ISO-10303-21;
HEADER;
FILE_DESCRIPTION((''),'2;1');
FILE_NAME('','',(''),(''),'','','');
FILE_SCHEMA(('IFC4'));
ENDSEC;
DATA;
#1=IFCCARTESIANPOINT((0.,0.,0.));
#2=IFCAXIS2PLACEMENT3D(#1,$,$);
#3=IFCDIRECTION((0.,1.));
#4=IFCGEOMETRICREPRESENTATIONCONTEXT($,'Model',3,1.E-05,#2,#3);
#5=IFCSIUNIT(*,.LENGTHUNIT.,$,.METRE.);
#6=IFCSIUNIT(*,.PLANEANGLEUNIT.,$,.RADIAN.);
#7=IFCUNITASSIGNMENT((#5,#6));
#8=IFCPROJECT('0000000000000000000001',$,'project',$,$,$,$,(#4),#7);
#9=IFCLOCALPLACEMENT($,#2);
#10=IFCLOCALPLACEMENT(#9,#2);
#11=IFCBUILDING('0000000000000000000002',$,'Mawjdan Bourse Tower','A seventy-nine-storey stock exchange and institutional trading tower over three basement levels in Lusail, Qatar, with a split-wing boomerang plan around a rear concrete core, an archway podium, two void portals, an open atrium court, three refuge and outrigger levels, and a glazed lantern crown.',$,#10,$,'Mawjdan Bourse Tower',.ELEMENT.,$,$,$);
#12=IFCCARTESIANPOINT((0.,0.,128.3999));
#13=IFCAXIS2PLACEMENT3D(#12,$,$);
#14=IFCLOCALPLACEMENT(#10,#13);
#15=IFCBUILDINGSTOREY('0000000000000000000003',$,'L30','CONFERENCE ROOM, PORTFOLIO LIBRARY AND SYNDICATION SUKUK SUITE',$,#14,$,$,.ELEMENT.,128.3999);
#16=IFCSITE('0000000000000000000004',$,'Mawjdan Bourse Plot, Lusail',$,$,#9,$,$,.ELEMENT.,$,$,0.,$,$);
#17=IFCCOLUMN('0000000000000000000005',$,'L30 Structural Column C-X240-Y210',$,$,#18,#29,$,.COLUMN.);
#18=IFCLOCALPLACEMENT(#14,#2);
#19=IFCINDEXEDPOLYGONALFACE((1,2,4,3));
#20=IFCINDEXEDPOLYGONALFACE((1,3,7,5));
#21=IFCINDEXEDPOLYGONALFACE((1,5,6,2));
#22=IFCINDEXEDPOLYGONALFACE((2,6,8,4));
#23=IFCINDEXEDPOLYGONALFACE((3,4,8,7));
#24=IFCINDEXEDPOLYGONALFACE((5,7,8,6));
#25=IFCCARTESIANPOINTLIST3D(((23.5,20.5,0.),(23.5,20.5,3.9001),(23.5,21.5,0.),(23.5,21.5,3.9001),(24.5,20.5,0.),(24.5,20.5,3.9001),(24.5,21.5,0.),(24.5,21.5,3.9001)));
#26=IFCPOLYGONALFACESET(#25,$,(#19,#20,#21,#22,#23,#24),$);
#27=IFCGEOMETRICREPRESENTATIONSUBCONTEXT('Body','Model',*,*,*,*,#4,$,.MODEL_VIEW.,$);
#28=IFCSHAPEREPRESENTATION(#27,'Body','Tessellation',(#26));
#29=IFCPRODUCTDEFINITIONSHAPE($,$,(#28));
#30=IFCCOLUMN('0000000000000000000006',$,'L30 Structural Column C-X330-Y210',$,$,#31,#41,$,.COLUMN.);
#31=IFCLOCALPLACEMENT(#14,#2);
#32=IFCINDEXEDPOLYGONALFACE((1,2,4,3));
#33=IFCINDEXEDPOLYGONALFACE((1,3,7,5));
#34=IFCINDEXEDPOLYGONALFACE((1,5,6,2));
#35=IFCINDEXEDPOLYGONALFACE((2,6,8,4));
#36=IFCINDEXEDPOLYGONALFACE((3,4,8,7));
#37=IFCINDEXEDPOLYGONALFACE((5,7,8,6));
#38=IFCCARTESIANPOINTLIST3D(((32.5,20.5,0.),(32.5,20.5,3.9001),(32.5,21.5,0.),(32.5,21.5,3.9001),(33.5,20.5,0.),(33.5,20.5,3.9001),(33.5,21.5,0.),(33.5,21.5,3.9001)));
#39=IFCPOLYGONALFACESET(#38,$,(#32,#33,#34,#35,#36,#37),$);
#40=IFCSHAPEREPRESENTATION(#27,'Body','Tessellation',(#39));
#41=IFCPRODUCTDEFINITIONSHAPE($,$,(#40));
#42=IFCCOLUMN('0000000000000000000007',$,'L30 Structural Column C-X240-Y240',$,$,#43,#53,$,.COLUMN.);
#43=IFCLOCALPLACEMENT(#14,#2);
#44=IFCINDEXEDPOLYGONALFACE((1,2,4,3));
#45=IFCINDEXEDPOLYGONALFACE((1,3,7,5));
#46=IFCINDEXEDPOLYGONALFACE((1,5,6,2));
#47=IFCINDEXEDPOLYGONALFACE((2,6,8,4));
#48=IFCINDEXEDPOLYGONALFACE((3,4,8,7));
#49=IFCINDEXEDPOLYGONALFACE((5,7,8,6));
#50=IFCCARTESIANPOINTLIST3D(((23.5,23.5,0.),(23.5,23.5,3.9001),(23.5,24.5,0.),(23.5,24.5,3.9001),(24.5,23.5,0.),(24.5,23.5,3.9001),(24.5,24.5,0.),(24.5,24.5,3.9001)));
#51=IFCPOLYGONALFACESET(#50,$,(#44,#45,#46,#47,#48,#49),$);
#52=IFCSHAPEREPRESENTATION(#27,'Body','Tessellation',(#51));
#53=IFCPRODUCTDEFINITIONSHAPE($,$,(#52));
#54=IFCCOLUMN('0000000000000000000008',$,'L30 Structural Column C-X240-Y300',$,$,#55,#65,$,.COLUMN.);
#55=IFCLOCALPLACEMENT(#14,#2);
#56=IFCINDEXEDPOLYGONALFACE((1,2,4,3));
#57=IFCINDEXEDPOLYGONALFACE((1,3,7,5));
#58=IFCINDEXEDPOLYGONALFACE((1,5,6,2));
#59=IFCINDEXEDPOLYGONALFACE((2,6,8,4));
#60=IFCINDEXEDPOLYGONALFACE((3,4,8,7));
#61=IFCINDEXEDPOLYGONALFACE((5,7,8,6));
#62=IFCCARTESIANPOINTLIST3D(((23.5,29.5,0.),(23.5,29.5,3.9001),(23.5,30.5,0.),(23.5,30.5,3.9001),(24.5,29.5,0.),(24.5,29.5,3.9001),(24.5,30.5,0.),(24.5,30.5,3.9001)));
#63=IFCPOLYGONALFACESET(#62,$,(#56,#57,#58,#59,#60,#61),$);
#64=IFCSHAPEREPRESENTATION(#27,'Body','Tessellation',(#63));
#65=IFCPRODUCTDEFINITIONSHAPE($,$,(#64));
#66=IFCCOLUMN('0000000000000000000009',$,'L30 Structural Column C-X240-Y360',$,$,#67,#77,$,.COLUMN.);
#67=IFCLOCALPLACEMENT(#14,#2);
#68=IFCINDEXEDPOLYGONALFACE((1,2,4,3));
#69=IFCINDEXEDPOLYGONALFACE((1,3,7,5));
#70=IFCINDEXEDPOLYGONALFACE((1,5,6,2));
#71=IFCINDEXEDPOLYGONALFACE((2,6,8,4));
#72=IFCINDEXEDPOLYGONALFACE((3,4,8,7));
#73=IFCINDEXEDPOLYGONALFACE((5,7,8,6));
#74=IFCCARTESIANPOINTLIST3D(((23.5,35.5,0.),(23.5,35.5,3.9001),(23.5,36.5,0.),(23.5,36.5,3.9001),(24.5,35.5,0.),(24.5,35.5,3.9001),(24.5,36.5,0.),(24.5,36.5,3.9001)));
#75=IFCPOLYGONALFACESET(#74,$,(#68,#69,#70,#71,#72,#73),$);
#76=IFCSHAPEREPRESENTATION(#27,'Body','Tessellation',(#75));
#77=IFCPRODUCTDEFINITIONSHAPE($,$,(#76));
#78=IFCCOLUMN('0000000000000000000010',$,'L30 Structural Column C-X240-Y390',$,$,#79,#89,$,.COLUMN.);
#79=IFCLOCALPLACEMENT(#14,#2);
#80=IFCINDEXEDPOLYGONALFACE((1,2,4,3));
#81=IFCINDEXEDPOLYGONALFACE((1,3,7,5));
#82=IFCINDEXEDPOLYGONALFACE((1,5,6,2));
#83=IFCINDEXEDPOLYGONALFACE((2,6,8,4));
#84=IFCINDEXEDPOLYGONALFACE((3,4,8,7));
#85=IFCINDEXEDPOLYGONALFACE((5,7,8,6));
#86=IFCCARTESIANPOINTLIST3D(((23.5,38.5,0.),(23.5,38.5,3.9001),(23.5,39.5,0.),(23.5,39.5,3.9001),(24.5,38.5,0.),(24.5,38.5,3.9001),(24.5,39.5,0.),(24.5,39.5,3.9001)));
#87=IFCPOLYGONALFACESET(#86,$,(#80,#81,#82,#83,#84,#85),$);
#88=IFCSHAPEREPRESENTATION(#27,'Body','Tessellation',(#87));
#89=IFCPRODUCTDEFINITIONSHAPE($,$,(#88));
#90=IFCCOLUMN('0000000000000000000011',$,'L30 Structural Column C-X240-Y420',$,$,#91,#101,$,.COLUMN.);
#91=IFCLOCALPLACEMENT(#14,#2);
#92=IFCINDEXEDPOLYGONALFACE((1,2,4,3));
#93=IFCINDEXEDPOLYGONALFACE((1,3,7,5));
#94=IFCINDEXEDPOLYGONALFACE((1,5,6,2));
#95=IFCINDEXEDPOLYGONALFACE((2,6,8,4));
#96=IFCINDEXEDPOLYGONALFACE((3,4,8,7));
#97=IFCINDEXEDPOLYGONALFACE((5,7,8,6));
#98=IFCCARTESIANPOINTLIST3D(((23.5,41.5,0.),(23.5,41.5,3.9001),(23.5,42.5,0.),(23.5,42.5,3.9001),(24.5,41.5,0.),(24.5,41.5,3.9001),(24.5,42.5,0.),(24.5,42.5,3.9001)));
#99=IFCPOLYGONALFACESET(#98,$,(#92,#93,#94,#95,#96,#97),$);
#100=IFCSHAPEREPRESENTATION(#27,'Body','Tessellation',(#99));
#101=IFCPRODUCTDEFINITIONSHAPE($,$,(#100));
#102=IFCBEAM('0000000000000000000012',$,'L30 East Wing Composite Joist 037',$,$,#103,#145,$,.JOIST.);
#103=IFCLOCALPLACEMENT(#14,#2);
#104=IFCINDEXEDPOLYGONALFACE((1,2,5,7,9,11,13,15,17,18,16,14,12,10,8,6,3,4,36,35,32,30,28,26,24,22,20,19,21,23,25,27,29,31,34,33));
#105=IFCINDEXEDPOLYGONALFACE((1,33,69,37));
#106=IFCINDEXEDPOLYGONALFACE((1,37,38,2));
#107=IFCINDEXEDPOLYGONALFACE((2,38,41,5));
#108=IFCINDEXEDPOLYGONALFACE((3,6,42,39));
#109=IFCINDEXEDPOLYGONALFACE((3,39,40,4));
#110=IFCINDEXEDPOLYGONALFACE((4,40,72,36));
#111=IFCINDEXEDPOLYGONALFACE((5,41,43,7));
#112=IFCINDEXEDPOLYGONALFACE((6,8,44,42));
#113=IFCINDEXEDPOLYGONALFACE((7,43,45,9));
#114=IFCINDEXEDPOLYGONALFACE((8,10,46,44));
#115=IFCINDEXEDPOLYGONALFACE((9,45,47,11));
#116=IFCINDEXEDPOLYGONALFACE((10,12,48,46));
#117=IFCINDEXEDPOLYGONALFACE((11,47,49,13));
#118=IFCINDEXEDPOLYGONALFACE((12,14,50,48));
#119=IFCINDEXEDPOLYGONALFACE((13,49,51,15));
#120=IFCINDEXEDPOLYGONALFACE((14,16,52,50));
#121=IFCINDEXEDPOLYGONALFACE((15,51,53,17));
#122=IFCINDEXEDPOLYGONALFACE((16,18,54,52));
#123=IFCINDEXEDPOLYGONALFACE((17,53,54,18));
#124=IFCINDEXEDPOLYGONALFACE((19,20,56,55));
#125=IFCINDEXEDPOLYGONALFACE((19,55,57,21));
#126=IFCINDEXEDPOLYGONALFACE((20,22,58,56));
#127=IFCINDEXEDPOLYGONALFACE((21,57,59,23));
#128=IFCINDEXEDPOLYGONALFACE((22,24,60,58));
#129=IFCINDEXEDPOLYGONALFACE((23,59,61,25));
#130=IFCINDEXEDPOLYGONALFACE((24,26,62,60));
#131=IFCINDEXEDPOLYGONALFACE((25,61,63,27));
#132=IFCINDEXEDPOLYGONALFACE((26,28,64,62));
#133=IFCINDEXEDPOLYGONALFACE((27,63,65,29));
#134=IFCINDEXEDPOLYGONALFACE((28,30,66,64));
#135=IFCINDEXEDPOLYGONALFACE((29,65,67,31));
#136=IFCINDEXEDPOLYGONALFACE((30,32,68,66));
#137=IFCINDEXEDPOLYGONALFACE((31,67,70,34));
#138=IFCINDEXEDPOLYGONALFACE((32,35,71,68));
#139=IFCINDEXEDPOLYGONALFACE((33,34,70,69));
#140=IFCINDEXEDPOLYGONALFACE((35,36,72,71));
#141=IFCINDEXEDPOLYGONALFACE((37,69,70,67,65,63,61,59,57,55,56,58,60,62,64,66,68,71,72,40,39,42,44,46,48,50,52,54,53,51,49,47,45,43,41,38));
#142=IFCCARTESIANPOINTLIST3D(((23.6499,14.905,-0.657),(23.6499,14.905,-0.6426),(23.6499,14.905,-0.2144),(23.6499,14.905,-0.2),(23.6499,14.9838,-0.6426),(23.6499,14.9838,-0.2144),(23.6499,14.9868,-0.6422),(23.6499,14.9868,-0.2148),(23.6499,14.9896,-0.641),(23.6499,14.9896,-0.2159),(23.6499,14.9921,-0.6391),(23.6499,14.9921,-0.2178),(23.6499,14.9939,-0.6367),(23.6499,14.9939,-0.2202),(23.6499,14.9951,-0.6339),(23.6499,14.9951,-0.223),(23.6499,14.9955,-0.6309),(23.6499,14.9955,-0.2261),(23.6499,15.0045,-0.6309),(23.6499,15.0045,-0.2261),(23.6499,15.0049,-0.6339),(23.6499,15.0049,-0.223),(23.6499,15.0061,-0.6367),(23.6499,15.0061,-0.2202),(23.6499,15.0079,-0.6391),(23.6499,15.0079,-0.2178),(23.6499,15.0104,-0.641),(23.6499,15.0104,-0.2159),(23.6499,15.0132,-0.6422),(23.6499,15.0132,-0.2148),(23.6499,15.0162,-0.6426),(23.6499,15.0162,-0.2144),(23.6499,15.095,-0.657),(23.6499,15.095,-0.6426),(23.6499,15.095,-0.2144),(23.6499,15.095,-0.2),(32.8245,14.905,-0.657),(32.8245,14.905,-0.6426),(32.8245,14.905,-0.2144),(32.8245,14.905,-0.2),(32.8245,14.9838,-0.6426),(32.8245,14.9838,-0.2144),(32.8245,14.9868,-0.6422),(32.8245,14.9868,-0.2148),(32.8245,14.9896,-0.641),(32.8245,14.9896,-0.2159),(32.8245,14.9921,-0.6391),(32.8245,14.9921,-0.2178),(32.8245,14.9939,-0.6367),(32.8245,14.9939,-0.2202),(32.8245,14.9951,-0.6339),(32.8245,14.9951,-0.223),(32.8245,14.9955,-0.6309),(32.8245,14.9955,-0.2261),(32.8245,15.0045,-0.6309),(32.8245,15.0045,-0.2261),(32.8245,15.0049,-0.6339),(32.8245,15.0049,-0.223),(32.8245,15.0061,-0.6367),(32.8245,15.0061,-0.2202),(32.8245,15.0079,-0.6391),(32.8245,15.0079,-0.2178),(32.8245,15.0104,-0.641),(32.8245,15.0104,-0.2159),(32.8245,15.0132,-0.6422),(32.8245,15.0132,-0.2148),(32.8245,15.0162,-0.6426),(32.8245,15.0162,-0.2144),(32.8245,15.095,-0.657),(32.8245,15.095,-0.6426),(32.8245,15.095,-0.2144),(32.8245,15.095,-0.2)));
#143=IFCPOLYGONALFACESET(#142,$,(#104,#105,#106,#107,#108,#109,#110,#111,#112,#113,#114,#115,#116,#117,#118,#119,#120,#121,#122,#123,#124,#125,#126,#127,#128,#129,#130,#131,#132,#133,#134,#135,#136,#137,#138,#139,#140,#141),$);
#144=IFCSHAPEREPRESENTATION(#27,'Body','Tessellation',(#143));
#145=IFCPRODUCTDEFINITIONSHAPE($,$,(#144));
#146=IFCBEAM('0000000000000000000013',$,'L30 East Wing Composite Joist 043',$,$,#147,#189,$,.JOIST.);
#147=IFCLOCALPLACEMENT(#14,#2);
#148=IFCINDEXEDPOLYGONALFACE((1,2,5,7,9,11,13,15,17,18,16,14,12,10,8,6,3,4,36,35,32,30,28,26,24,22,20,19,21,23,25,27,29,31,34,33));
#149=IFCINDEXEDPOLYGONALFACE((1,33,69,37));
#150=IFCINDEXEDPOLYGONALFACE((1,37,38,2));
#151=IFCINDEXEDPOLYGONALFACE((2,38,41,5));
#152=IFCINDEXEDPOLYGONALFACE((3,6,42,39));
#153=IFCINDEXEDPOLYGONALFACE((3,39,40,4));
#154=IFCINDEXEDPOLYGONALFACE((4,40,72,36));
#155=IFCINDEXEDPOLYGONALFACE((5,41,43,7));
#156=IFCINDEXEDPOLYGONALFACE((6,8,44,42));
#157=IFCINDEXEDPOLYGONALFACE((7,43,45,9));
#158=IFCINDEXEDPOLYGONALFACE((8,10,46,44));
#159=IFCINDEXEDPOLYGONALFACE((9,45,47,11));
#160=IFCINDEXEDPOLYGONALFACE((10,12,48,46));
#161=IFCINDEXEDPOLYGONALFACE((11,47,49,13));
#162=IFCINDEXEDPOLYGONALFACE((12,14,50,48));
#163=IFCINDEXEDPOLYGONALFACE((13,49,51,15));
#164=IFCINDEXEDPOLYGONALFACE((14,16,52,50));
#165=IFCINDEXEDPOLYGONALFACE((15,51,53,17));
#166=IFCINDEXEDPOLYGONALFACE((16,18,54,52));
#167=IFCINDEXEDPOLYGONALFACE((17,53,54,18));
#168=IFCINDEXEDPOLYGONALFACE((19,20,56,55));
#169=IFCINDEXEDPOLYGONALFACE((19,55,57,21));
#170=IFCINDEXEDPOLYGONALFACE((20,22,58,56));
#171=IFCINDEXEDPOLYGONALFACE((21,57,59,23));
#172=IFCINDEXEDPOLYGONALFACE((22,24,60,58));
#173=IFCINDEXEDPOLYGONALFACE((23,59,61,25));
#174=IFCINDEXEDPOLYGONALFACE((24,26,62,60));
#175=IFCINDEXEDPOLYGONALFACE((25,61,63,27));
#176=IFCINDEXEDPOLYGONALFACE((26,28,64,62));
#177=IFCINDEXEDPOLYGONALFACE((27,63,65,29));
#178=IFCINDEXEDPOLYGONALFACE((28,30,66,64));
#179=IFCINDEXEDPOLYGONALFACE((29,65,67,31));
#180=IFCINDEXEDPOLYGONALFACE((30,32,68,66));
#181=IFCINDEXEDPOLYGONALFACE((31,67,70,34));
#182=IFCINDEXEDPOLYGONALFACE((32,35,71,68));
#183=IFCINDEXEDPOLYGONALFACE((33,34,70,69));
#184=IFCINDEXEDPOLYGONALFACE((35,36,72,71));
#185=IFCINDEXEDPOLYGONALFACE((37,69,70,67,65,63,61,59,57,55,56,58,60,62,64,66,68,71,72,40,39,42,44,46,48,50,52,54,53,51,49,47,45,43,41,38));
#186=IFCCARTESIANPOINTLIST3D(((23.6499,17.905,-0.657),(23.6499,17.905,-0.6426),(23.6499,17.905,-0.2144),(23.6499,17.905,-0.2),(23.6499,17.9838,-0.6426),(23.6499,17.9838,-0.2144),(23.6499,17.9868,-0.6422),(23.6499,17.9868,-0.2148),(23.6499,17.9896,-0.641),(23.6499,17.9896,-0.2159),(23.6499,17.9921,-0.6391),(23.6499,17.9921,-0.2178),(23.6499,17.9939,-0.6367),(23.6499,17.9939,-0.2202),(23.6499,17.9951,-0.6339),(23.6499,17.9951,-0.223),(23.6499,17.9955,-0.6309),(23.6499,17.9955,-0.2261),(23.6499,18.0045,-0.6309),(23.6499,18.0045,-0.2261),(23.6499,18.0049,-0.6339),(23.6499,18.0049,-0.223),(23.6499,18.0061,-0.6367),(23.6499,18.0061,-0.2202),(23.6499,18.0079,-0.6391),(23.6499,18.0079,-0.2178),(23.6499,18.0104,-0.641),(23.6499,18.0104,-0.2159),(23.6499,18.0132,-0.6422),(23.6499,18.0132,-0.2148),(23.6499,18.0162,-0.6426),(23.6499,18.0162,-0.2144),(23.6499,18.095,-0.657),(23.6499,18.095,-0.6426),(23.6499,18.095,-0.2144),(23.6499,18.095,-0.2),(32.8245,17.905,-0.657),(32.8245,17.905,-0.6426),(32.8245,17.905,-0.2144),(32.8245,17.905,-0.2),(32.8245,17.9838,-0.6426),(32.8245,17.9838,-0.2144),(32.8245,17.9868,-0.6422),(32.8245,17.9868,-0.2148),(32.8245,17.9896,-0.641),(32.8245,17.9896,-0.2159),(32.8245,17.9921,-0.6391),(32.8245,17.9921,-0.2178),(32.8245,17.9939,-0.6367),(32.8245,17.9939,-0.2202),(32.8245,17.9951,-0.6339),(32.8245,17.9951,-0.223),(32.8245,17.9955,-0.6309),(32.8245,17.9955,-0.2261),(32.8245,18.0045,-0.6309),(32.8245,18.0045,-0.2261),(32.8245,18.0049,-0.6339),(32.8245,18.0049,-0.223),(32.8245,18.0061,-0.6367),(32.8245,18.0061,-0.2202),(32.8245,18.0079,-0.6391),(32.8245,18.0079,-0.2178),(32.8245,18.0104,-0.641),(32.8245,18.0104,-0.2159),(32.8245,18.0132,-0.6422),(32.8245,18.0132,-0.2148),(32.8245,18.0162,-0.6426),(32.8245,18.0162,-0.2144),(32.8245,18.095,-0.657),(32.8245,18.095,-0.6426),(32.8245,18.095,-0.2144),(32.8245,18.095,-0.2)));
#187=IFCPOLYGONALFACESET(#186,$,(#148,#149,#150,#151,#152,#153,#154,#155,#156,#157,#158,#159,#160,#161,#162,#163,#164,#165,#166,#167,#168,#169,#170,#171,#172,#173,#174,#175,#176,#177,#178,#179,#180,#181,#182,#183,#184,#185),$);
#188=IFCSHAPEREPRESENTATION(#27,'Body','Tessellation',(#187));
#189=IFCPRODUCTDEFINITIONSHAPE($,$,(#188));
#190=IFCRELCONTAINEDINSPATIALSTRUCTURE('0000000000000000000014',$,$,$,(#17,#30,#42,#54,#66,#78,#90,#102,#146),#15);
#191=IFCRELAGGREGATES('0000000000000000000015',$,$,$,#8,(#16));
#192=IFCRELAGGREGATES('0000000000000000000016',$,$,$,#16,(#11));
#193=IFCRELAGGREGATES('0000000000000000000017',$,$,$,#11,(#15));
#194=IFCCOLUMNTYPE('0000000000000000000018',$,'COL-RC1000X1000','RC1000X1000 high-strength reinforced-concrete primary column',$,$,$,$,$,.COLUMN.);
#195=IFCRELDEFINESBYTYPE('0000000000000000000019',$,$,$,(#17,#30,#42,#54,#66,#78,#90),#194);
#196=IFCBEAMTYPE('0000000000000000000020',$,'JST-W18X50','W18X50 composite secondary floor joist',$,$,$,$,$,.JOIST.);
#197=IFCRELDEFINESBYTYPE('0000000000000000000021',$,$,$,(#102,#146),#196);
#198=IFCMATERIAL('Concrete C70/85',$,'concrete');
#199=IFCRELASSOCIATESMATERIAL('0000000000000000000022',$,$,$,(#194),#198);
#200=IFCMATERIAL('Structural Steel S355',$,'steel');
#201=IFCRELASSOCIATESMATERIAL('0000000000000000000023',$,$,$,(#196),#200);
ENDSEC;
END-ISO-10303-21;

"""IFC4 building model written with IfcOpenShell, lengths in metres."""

from ifc_helpers import new_model, si_unit, direction, frame, origin, origin_2d, place, context, subcontext, project, spatial, rectangle, i_section, extrude, material, material_profile, profile_set, type_object, element, save


model = new_model("IFC4")

# Units and contexts
model_context = context("Model", 3, precision=1e-05, world=origin(), true_north=direction((0.0, 1.0)))
body_context = subcontext(model_context, "Body", "Model", "MODEL_VIEW")
ifc_project = project(units=[si_unit("LENGTHUNIT", "METRE"), si_unit("PLANEANGLEUNIT", "RADIAN")], contexts=[model_context])

# Site, building, storey
site_placement = place(None, origin())
site = spatial("IfcSite", under=ifc_project, at=site_placement, Name="Mawjdan Bourse Plot, Lusail", CompositionType="ELEMENT", RefElevation=0.0)
building_placement = place(site_placement, origin())
building = spatial("IfcBuilding", under=site, at=building_placement, Name="Mawjdan Bourse Tower", Description="A seventy-nine-storey stock exchange and institutional trading tower over three basement levels in Lusail, Qatar, with a split-wing boomerang plan around a rear concrete core, an archway podium, two void portals, an open atrium court, three refuge and outrigger levels, and a glazed lantern crown.", LongName="Mawjdan Bourse Tower", CompositionType="ELEMENT")
storey_placement = place(building_placement, frame((0.0, 0.0, 128.3999)))
storey = spatial("IfcBuildingStorey", under=building, at=storey_placement, Name="L30", Description="CONFERENCE ROOM, PORTFOLIO LIBRARY AND SYNDICATION SUKUK SUITE", CompositionType="ELEMENT", Elevation=128.3999)

# Columns
ifc_material_1 = material(Name="Concrete C70/85", Category="concrete")
ifc_material_profile_1 = material_profile(ifc_material_1, rectangle(XDim=1.0, YDim=1.0, at=origin_2d()), Name="RC1000X1000")
ifc_profile_set_1 = profile_set([ifc_material_profile_1], Name="Concrete C70/85")
column_type = type_object("IfcColumnType", Name="COL-RC1000X1000", Description="RC1000X1000 high-strength reinforced-concrete primary column", PredefinedType="COLUMN", material=ifc_profile_set_1)
for number, where, z_axis, x_axis, name in (
    (1, (24.0, 21.0, 0.0), (0.0, 0.0, 1.0), (1.0, 0.0, 0.0), "L30 Structural Column C-X240-Y210"),
    (2, (33.0, 21.0, 0.0), (0.0, 0.0, 1.0), (1.0, 0.0, 0.0), "L30 Structural Column C-X330-Y210"),
    (3, (24.0, 24.0, 0.0), (0.0, 0.0, 1.0), (1.0, 0.0, 0.0), "L30 Structural Column C-X240-Y240"),
    (4, (24.0, 30.0, 0.0), (0.0, 0.0, 1.0), (1.0, 0.0, 0.0), "L30 Structural Column C-X240-Y300"),
    (5, (24.0, 36.0, 0.0), (0.0, 0.0, 1.0), (1.0, 0.0, 0.0), "L30 Structural Column C-X240-Y360"),
    (6, (24.0, 39.0, 0.0), (0.0, 0.0, 1.0), (1.0, 0.0, 0.0), "L30 Structural Column C-X240-Y390"),
    (7, (24.0, 42.0, 0.0), (0.0, 0.0, 1.0), (1.0, 0.0, 0.0), "L30 Structural Column C-X240-Y420"),
):
    element("IfcColumn", number, at=place(storey_placement, frame(where, z_axis=z_axis, x_axis=x_axis)), inside=storey, type_object=column_type, Name=name, PredefinedType="COLUMN", context=body_context, shape_type="SweptSolid", body=[
        extrude(rectangle(XDim=1.0, YDim=1.0, at=origin_2d()), origin(), (0.0, 0.0, 1.0), 3.9001),
    ])

# Beams
ifc_material_2 = material(Name="Structural Steel S355", Category="steel")
ifc_material_profile_2 = material_profile(ifc_material_2, i_section(OverallWidth=0.1899, OverallDepth=0.457, WebThickness=0.009, FlangeThickness=0.0144, FilletRadius=0.0117, at=origin_2d()), Name="W18X50")
ifc_profile_set_2 = profile_set([ifc_material_profile_2], Name="Structural Steel S355")
beam_type_1 = type_object("IfcBeamType", Name="JST-W18X50", Description="W18X50 composite secondary floor joist", PredefinedType="JOIST", material=ifc_profile_set_2)
for number, where, z_axis, x_axis, name in (
    (8, (23.6499, 15.0, -0.4285), (1.0, 0.0, 0.0), (0.0, 1.0, 0.0), "L30 East Wing Composite Joist 037"),
    (9, (23.6499, 18.0, -0.4285), (1.0, 0.0, 0.0), (0.0, 1.0, 0.0), "L30 East Wing Composite Joist 043"),
):
    element("IfcBeam", number, at=place(storey_placement, frame(where, z_axis=z_axis, x_axis=x_axis)), inside=storey, type_object=beam_type_1, Name=name, PredefinedType="JOIST", context=body_context, shape_type="SweptSolid", body=[
        extrude(i_section(OverallWidth=0.1899, OverallDepth=0.457, WebThickness=0.009, FlangeThickness=0.0144, FilletRadius=0.0117, at=origin_2d()), origin(), (0.0, 0.0, 1.0), 9.1746),
    ])

save(model, "model.ifc")
